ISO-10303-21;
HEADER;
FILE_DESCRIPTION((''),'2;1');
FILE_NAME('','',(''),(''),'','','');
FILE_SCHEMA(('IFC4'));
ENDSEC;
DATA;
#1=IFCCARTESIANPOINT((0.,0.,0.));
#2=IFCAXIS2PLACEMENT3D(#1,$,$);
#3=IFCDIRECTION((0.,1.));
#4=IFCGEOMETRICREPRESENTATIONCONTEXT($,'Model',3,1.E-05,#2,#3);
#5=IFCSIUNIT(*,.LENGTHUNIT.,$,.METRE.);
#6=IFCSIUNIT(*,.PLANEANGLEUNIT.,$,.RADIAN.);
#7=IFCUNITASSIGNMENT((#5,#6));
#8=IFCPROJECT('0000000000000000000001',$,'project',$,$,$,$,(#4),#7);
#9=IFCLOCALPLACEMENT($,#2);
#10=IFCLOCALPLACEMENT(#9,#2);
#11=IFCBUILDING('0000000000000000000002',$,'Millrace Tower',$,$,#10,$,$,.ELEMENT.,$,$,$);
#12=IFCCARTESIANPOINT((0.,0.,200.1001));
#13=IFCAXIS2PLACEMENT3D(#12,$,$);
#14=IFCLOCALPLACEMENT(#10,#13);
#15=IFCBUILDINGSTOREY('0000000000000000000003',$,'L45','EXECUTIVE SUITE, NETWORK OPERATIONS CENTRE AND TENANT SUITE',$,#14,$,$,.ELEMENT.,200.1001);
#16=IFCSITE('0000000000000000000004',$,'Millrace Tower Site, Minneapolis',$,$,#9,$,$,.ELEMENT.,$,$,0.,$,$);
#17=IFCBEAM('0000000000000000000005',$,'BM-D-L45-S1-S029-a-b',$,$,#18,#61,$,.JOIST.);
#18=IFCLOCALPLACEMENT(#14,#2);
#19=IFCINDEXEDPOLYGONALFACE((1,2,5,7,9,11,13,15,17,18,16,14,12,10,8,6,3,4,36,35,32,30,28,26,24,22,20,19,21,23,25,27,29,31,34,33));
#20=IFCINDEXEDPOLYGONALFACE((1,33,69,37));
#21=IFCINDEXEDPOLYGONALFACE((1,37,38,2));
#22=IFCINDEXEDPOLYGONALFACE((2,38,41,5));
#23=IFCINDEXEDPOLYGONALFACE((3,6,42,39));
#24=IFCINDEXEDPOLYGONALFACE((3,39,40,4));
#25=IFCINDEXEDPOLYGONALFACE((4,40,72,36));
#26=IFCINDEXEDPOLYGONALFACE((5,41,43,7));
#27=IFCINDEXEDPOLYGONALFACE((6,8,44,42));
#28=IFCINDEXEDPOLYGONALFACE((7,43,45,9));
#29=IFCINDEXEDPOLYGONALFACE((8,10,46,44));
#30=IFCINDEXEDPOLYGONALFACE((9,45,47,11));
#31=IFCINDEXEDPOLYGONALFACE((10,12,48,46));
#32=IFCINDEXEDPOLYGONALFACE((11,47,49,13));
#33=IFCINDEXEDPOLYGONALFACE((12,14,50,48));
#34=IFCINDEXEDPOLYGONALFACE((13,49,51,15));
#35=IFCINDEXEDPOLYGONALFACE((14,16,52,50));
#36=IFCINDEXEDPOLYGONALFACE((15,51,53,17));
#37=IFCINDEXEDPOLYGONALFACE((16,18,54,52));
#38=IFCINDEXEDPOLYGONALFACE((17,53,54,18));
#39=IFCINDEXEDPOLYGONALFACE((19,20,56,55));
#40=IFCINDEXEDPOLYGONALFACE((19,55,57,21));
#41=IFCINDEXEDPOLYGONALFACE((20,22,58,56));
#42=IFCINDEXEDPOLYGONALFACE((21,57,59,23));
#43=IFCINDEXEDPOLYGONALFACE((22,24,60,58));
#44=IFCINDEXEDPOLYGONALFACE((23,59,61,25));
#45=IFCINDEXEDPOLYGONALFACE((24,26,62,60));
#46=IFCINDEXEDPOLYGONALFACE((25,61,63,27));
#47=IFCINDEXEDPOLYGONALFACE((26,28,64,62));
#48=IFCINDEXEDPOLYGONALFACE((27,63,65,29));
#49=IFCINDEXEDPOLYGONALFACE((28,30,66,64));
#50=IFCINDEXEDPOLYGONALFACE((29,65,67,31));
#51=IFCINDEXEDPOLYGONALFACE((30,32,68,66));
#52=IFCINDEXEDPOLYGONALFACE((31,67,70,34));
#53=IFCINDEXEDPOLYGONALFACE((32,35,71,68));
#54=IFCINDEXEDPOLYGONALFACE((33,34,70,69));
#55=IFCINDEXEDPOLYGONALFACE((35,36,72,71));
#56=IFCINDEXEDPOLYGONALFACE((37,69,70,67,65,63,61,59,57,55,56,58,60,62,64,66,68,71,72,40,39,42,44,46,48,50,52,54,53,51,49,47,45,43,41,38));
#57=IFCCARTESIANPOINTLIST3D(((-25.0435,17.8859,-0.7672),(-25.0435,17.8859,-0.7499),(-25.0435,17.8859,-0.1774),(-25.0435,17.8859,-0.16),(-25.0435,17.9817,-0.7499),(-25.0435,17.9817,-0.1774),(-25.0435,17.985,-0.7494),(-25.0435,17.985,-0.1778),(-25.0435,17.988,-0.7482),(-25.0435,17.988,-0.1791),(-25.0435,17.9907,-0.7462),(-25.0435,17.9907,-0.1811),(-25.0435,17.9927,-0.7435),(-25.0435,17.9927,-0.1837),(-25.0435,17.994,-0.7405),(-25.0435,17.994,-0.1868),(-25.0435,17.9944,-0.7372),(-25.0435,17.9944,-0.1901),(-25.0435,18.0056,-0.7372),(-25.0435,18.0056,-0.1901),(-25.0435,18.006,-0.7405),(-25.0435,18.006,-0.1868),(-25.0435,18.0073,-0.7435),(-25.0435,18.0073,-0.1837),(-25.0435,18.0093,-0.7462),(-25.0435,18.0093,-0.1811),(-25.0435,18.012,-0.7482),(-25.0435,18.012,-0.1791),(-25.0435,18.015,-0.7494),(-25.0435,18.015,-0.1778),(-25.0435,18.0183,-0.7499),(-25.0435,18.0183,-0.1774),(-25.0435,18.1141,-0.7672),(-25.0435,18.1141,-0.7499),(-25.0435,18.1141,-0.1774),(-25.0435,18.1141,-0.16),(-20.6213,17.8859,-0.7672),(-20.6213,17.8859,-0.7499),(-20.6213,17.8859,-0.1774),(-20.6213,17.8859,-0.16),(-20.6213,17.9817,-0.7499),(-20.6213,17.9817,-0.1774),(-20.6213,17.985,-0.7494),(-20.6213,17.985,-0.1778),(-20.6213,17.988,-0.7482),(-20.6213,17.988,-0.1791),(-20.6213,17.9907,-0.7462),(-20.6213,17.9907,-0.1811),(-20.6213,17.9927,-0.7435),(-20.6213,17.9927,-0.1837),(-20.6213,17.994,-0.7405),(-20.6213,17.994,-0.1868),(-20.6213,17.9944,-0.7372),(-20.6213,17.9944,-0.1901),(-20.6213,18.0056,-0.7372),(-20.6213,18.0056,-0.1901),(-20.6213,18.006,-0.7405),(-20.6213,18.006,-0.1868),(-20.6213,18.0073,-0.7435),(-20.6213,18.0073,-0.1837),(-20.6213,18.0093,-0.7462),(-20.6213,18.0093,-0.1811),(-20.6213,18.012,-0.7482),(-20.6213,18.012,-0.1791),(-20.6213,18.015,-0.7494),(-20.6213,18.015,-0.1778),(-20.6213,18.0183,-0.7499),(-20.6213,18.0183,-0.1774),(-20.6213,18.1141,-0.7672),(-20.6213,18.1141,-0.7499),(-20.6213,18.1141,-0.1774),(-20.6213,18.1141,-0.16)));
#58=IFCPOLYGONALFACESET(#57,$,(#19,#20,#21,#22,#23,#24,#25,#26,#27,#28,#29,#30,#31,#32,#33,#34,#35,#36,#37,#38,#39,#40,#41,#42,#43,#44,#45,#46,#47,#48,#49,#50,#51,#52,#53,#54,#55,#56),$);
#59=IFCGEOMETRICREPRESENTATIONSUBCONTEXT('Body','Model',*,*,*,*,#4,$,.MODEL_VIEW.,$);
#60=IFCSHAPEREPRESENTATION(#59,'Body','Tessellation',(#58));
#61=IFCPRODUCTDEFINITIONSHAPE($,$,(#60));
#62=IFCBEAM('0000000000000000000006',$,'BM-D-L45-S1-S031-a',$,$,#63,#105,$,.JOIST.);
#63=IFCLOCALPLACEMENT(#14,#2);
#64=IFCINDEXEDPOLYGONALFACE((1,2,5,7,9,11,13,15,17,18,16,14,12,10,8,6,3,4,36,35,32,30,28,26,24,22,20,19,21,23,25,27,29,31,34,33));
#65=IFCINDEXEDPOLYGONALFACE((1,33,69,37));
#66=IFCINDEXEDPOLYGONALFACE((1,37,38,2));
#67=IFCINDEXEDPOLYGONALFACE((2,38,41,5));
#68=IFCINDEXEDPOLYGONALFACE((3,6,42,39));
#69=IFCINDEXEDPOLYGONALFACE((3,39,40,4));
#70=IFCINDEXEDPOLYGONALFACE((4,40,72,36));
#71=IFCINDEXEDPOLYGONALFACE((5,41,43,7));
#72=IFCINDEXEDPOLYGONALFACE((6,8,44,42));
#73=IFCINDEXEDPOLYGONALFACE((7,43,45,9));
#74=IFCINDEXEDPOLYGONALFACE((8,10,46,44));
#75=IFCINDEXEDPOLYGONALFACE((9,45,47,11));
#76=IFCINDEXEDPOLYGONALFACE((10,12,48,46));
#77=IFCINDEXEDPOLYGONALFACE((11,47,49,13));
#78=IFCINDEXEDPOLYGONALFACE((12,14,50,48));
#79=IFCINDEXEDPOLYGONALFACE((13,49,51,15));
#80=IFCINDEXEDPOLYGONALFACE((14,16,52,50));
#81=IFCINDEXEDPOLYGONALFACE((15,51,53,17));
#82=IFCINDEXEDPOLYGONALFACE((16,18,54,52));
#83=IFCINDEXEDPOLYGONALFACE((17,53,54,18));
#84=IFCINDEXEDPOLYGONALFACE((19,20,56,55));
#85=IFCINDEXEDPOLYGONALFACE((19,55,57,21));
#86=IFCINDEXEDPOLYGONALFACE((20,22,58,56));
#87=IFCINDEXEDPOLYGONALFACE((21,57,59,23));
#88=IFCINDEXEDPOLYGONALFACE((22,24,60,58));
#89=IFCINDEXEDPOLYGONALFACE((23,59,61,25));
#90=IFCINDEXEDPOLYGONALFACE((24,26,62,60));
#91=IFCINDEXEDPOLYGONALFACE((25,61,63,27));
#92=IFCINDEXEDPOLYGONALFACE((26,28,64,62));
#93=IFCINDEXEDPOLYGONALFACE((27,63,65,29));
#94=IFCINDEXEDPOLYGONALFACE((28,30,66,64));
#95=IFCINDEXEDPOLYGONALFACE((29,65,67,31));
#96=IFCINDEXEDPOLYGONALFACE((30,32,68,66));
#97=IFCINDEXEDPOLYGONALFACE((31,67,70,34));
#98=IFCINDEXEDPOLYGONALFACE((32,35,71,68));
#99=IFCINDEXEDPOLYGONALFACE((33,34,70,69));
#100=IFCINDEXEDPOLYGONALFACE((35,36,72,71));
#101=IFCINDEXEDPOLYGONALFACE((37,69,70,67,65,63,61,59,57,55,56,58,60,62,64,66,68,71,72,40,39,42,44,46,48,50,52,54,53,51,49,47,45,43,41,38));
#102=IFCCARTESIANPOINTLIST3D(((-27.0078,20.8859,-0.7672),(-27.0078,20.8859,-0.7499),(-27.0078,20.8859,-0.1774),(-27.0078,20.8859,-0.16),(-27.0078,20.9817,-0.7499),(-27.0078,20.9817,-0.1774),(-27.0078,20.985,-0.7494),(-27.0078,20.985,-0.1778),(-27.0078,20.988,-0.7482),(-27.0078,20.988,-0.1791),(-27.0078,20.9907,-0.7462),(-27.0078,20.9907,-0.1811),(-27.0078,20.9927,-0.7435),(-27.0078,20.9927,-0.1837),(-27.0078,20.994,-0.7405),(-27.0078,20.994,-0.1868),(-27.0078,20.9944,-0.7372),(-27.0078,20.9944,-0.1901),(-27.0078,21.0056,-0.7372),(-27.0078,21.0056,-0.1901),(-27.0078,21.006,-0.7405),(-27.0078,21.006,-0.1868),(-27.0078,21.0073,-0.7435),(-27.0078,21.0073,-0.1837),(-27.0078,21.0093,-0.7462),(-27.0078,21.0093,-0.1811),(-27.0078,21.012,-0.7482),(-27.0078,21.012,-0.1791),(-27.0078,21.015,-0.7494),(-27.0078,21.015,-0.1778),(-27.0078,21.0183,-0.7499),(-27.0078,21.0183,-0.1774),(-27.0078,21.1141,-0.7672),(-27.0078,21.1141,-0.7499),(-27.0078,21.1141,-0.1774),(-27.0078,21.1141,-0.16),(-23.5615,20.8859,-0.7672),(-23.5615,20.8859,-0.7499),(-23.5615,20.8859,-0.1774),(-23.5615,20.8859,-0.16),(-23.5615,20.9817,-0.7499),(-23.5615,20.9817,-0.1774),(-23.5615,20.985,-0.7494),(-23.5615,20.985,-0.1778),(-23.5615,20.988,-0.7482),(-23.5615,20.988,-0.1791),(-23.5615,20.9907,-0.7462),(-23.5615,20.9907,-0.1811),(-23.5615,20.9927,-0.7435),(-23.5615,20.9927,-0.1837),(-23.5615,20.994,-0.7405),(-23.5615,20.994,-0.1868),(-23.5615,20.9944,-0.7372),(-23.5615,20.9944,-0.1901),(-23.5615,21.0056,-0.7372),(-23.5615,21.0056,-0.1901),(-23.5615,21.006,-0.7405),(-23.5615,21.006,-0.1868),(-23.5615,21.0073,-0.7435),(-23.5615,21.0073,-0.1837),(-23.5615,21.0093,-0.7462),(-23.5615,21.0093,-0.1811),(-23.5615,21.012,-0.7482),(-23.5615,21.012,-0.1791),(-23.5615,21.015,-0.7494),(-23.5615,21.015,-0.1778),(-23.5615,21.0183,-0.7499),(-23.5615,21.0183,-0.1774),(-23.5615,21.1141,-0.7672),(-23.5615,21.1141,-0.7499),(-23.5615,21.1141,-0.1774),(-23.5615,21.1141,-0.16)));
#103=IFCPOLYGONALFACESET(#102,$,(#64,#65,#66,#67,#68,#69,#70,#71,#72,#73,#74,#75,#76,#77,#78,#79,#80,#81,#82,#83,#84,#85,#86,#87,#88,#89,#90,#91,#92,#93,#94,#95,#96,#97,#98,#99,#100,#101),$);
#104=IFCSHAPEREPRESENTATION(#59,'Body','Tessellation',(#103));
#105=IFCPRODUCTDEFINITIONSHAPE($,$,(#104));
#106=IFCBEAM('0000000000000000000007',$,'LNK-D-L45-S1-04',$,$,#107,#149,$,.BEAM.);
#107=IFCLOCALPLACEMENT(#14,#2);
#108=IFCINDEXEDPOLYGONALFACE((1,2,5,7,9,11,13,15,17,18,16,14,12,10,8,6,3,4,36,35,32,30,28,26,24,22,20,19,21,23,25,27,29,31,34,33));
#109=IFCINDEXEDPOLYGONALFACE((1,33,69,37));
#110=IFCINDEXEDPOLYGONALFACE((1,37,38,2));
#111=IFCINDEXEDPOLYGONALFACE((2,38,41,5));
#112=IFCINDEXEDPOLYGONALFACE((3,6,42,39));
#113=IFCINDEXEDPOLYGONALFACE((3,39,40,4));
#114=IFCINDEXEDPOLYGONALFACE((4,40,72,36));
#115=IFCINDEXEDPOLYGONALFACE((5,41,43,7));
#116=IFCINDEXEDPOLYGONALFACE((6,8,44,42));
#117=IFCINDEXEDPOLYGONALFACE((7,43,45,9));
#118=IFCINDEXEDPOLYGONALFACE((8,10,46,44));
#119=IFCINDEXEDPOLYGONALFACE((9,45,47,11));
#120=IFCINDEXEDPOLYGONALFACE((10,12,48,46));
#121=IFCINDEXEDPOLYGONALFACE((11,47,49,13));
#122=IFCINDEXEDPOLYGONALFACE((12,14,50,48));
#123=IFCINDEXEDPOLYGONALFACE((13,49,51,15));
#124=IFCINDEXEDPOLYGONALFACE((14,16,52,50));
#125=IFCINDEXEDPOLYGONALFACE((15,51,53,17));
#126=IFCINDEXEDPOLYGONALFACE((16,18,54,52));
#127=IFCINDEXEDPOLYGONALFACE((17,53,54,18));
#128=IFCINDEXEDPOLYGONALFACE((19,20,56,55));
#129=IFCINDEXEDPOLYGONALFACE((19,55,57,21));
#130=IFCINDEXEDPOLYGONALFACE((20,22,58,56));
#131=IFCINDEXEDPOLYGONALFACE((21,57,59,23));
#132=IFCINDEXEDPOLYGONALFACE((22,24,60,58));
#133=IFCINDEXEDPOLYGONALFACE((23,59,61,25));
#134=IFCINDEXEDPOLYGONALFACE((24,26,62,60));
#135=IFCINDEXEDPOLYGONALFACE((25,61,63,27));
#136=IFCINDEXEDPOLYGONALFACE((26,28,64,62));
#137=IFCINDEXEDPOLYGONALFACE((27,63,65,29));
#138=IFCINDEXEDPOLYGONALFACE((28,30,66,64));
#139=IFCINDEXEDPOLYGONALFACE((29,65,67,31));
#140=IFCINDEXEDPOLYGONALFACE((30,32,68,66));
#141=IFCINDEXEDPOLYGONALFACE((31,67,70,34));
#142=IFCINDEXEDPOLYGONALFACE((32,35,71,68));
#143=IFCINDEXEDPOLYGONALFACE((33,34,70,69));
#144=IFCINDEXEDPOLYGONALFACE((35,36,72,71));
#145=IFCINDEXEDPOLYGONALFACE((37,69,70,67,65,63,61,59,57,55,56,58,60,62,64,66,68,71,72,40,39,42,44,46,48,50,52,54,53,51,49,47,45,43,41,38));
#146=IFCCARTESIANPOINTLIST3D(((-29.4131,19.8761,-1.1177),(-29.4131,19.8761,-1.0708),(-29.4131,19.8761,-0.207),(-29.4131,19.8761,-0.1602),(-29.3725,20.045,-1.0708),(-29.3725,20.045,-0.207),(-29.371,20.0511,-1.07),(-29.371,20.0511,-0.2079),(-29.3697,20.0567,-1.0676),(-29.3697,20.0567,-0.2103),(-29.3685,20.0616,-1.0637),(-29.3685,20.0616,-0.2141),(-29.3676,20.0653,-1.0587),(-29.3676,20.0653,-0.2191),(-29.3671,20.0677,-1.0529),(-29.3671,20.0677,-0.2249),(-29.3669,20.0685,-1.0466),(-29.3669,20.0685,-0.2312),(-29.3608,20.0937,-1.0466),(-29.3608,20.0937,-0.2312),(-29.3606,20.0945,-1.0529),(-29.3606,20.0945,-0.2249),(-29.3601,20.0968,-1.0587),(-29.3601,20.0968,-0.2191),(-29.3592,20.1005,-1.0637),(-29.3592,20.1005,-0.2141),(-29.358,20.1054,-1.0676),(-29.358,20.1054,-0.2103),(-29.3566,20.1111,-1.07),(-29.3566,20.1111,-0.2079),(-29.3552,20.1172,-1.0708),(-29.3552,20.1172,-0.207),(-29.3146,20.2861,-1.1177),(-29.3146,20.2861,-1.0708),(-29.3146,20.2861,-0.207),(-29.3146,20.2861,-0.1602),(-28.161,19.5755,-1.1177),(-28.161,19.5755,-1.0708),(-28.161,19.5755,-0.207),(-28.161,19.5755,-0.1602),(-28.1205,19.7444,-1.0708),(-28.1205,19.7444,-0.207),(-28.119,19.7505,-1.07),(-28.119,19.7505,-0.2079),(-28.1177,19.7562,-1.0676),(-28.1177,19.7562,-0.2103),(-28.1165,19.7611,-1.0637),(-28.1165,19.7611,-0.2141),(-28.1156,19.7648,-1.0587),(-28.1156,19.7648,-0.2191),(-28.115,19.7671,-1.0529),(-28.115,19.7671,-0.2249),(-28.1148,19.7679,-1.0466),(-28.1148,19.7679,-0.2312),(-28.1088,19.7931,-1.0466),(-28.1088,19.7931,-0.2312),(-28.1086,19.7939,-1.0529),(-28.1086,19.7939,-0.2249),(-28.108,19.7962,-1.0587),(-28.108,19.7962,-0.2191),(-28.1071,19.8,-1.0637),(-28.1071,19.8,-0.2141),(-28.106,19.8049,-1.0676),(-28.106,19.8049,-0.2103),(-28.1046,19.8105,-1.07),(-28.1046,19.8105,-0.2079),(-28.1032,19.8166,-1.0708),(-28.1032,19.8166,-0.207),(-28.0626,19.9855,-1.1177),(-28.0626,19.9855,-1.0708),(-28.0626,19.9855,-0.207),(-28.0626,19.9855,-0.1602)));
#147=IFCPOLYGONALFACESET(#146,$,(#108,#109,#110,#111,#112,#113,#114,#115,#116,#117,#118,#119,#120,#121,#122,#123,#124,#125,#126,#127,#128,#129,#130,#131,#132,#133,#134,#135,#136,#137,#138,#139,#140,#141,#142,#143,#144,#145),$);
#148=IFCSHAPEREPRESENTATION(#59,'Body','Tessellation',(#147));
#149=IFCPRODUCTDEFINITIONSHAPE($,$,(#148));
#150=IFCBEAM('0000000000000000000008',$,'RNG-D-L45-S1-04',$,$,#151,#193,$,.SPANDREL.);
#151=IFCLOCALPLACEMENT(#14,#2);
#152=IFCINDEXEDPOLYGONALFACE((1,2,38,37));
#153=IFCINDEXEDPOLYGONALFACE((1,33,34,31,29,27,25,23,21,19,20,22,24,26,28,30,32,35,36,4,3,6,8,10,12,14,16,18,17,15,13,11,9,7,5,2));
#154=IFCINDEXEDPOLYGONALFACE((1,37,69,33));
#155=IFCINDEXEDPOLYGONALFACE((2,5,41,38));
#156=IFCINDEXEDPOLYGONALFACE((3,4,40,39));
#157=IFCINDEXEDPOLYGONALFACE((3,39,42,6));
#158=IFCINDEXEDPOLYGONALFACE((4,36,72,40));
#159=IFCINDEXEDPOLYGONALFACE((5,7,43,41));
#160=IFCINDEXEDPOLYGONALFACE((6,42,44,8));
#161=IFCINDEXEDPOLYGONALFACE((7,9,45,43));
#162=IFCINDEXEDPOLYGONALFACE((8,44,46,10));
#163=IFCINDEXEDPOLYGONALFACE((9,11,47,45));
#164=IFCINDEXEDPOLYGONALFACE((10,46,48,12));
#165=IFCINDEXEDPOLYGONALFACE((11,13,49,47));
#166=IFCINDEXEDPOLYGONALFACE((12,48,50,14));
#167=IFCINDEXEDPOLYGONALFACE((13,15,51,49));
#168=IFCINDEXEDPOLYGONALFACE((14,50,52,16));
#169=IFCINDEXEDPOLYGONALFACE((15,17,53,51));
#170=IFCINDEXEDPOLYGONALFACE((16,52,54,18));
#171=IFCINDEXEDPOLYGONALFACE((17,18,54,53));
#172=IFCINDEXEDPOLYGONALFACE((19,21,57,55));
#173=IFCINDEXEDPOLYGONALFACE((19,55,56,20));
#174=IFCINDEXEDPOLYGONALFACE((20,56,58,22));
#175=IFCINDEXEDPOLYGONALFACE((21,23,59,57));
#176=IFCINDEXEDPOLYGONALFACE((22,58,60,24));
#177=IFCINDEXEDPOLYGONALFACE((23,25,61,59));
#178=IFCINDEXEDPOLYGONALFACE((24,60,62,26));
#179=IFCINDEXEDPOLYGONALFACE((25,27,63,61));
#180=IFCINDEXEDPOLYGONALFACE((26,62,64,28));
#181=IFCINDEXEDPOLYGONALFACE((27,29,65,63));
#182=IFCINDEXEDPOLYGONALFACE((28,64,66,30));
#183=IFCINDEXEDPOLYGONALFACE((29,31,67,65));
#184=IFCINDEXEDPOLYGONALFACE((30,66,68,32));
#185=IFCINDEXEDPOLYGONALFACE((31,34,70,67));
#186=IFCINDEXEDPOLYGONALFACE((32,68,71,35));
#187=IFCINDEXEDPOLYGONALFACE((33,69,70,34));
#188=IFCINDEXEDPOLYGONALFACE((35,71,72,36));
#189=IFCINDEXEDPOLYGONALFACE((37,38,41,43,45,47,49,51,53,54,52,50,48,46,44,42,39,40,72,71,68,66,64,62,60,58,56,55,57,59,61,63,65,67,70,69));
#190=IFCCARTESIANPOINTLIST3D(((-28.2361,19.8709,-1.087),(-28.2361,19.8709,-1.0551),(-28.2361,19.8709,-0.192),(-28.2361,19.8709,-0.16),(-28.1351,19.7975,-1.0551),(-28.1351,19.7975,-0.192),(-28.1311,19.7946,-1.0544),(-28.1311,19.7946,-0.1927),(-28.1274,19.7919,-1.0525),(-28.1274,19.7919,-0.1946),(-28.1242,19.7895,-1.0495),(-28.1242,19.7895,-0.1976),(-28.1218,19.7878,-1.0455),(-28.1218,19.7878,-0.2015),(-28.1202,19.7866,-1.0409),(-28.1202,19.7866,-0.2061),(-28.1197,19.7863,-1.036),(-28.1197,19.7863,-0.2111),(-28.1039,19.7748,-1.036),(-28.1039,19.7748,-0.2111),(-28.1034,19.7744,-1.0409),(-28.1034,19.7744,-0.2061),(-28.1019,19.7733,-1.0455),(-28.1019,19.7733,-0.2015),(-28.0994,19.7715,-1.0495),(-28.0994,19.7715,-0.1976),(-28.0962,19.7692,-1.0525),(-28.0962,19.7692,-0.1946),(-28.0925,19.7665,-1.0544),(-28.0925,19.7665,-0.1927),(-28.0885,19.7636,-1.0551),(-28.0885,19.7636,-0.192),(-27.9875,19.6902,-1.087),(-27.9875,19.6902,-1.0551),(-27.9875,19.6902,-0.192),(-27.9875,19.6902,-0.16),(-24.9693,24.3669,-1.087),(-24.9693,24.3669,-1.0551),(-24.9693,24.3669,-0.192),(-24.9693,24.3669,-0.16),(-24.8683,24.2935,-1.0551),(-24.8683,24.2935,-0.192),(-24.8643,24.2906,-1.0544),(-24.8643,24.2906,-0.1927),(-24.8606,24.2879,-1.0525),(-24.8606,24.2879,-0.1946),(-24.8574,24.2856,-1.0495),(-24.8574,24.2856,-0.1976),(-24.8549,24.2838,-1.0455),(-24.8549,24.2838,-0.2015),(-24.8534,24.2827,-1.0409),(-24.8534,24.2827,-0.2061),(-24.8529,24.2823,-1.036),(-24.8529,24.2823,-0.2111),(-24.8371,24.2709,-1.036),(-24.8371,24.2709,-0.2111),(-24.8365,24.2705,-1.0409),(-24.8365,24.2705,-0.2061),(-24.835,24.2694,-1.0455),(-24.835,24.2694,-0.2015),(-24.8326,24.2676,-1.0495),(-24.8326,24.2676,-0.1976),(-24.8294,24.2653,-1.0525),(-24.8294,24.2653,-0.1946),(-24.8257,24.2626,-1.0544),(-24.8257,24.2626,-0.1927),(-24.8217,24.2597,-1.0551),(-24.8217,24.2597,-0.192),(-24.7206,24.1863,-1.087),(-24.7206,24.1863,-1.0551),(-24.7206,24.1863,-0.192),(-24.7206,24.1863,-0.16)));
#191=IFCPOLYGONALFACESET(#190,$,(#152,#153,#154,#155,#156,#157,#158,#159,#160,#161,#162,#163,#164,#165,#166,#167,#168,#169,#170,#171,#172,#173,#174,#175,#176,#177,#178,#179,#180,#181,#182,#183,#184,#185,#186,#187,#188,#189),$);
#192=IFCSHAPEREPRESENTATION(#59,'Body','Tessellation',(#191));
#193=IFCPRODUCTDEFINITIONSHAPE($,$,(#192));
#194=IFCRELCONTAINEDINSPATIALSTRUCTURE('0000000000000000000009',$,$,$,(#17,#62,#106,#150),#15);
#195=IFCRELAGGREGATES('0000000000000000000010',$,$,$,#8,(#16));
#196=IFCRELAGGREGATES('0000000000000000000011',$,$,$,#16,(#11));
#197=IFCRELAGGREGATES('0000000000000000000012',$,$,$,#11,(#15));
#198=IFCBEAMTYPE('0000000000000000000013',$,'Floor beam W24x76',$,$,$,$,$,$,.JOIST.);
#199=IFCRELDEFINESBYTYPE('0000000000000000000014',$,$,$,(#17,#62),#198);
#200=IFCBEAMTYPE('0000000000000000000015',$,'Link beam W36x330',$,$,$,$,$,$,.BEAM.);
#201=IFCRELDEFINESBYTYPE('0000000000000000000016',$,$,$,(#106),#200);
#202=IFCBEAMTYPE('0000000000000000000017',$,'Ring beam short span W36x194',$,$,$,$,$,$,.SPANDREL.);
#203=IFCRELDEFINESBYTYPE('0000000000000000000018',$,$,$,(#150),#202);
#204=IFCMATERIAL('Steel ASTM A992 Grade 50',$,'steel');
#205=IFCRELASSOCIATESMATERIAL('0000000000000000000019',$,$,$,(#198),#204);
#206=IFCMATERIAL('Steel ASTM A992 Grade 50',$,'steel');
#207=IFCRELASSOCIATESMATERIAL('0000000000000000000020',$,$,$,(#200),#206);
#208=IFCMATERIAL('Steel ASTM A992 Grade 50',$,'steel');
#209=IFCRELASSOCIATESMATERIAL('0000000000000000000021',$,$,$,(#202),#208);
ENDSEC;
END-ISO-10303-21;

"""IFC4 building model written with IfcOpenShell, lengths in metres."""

from ifc_helpers import new_model, si_unit, direction, frame, origin, origin_2d, place, context, subcontext, project, spatial, i_section, extrude, material, material_profile, profile_set, type_object, element, save


model = new_model("IFC4")

# Units and contexts
model_context = context("Model", 3, precision=1e-05, world=origin(), true_north=direction((0.0, 1.0)))
body_context = subcontext(model_context, "Body", "Model", "MODEL_VIEW")
ifc_project = project(units=[si_unit("LENGTHUNIT", "METRE"), si_unit("PLANEANGLEUNIT", "RADIAN")], contexts=[model_context])

# Site, building, storey
site_placement = place(None, origin())
site = spatial("IfcSite", under=ifc_project, at=site_placement, Name="Millrace Tower Site, Minneapolis", CompositionType="ELEMENT", RefElevation=0.0)
building_placement = place(site_placement, origin())
building = spatial("IfcBuilding", under=site, at=building_placement, Name="Millrace Tower", CompositionType="ELEMENT")
storey_placement = place(building_placement, frame((0.0, 0.0, 200.1001)))
storey = spatial("IfcBuildingStorey", under=building, at=storey_placement, Name="L45", Description="EXECUTIVE SUITE, NETWORK OPERATIONS CENTRE AND TENANT SUITE", CompositionType="ELEMENT", Elevation=200.1001)

# Beams
ifc_material_1 = material(Name="Steel ASTM A992 Grade 50", Category="steel")
ifc_material_profile_1 = material_profile(ifc_material_1, i_section(OverallWidth=0.2283, OverallDepth=0.6072, WebThickness=0.0112, FlangeThickness=0.0173, FilletRadius=0.0127, at=origin_2d()))
ifc_profile_set_1 = profile_set([ifc_material_profile_1], Name="Steel ASTM A992 Grade 50")
beam_type_1 = type_object("IfcBeamType", Name="Floor beam W24x76", PredefinedType="JOIST", material=ifc_profile_set_1)
beam_1_placement = place(storey_placement, frame((-25.0435, 18.0, -0.4636), z_axis=(1.0, 0.0, 0.0), x_axis=(0.0, 1.0, 0.0)))
element("IfcBeam", 1, at=beam_1_placement, inside=storey, type_object=beam_type_1, Name="BM-D-L45-S1-S029-a-b", PredefinedType="JOIST", context=body_context, shape_type="SweptSolid", body=[
    extrude(i_section(OverallWidth=0.2283, OverallDepth=0.6072, WebThickness=0.0112, FlangeThickness=0.0173, FilletRadius=0.0127, at=origin_2d()), origin(), (0.0, 0.0, 1.0), 4.4221),
])
beam_2_placement = place(storey_placement, frame((-27.0078, 21.0, -0.4636), z_axis=(1.0, 0.0, 0.0), x_axis=(0.0, 1.0, 0.0)))
element("IfcBeam", 2, at=beam_2_placement, inside=storey, type_object=beam_type_1, Name="BM-D-L45-S1-S031-a", PredefinedType="JOIST", context=body_context, shape_type="SweptSolid", body=[
    extrude(i_section(OverallWidth=0.2283, OverallDepth=0.6072, WebThickness=0.0112, FlangeThickness=0.0173, FilletRadius=0.0127, at=origin_2d()), origin(), (0.0, 0.0, 1.0), 3.4463),
])
ifc_material_2 = material(Name="Steel ASTM A992 Grade 50", Category="steel")
ifc_material_profile_2 = material_profile(ifc_material_2, i_section(OverallWidth=0.4216, OverallDepth=0.9575, WebThickness=0.0259, FlangeThickness=0.0469, FilletRadius=0.0242, at=origin_2d()))
ifc_profile_set_2 = profile_set([ifc_material_profile_2], Name="Steel ASTM A992 Grade 50")
beam_type_2 = type_object("IfcBeamType", Name="Link beam W36x330", PredefinedType="BEAM", material=ifc_profile_set_2)
beam_3_placement = place(storey_placement, frame((-28.1118, 19.7805, -0.6389), z_axis=(-0.972375, 0.233423, 0.0), x_axis=(-0.233423, -0.972375, 0.0)))
element("IfcBeam", 3, at=beam_3_placement, inside=storey, type_object=beam_type_2, Name="LNK-D-L45-S1-04", PredefinedType="BEAM", context=body_context, shape_type="SweptSolid", body=[
    extrude(i_section(OverallWidth=0.4216, OverallDepth=0.9575, WebThickness=0.0259, FlangeThickness=0.0469, FilletRadius=0.0242, at=origin_2d()), origin(), (0.0, 0.0, 1.0), 1.2876),
])
ifc_material_3 = material(Name="Steel ASTM A992 Grade 50", Category="steel")
ifc_material_profile_3 = material_profile(ifc_material_3, i_section(OverallWidth=0.3074, OverallDepth=0.927, WebThickness=0.0195, FlangeThickness=0.032, FilletRadius=0.019, at=origin_2d()))
ifc_profile_set_3 = profile_set([ifc_material_profile_3], Name="Steel ASTM A992 Grade 50")
beam_type_3 = type_object("IfcBeamType", Name="Ring beam short span W36x194", PredefinedType="SPANDREL", material=ifc_profile_set_3)
beam_4_placement = place(storey_placement, frame((-28.1118, 19.7805, -0.6235), z_axis=(0.587814, 0.808996, 0.0), x_axis=(-0.808996, 0.587814, 0.0)))
element("IfcBeam", 4, at=beam_4_placement, inside=storey, type_object=beam_type_3, Name="RNG-D-L45-S1-04", PredefinedType="SPANDREL", context=body_context, shape_type="SweptSolid", body=[
    extrude(i_section(OverallWidth=0.3074, OverallDepth=0.927, WebThickness=0.0195, FlangeThickness=0.032, FilletRadius=0.019, at=origin_2d()), origin(), (0.0, 0.0, 1.0), 5.5576),
])

save(model, "model.ifc")
